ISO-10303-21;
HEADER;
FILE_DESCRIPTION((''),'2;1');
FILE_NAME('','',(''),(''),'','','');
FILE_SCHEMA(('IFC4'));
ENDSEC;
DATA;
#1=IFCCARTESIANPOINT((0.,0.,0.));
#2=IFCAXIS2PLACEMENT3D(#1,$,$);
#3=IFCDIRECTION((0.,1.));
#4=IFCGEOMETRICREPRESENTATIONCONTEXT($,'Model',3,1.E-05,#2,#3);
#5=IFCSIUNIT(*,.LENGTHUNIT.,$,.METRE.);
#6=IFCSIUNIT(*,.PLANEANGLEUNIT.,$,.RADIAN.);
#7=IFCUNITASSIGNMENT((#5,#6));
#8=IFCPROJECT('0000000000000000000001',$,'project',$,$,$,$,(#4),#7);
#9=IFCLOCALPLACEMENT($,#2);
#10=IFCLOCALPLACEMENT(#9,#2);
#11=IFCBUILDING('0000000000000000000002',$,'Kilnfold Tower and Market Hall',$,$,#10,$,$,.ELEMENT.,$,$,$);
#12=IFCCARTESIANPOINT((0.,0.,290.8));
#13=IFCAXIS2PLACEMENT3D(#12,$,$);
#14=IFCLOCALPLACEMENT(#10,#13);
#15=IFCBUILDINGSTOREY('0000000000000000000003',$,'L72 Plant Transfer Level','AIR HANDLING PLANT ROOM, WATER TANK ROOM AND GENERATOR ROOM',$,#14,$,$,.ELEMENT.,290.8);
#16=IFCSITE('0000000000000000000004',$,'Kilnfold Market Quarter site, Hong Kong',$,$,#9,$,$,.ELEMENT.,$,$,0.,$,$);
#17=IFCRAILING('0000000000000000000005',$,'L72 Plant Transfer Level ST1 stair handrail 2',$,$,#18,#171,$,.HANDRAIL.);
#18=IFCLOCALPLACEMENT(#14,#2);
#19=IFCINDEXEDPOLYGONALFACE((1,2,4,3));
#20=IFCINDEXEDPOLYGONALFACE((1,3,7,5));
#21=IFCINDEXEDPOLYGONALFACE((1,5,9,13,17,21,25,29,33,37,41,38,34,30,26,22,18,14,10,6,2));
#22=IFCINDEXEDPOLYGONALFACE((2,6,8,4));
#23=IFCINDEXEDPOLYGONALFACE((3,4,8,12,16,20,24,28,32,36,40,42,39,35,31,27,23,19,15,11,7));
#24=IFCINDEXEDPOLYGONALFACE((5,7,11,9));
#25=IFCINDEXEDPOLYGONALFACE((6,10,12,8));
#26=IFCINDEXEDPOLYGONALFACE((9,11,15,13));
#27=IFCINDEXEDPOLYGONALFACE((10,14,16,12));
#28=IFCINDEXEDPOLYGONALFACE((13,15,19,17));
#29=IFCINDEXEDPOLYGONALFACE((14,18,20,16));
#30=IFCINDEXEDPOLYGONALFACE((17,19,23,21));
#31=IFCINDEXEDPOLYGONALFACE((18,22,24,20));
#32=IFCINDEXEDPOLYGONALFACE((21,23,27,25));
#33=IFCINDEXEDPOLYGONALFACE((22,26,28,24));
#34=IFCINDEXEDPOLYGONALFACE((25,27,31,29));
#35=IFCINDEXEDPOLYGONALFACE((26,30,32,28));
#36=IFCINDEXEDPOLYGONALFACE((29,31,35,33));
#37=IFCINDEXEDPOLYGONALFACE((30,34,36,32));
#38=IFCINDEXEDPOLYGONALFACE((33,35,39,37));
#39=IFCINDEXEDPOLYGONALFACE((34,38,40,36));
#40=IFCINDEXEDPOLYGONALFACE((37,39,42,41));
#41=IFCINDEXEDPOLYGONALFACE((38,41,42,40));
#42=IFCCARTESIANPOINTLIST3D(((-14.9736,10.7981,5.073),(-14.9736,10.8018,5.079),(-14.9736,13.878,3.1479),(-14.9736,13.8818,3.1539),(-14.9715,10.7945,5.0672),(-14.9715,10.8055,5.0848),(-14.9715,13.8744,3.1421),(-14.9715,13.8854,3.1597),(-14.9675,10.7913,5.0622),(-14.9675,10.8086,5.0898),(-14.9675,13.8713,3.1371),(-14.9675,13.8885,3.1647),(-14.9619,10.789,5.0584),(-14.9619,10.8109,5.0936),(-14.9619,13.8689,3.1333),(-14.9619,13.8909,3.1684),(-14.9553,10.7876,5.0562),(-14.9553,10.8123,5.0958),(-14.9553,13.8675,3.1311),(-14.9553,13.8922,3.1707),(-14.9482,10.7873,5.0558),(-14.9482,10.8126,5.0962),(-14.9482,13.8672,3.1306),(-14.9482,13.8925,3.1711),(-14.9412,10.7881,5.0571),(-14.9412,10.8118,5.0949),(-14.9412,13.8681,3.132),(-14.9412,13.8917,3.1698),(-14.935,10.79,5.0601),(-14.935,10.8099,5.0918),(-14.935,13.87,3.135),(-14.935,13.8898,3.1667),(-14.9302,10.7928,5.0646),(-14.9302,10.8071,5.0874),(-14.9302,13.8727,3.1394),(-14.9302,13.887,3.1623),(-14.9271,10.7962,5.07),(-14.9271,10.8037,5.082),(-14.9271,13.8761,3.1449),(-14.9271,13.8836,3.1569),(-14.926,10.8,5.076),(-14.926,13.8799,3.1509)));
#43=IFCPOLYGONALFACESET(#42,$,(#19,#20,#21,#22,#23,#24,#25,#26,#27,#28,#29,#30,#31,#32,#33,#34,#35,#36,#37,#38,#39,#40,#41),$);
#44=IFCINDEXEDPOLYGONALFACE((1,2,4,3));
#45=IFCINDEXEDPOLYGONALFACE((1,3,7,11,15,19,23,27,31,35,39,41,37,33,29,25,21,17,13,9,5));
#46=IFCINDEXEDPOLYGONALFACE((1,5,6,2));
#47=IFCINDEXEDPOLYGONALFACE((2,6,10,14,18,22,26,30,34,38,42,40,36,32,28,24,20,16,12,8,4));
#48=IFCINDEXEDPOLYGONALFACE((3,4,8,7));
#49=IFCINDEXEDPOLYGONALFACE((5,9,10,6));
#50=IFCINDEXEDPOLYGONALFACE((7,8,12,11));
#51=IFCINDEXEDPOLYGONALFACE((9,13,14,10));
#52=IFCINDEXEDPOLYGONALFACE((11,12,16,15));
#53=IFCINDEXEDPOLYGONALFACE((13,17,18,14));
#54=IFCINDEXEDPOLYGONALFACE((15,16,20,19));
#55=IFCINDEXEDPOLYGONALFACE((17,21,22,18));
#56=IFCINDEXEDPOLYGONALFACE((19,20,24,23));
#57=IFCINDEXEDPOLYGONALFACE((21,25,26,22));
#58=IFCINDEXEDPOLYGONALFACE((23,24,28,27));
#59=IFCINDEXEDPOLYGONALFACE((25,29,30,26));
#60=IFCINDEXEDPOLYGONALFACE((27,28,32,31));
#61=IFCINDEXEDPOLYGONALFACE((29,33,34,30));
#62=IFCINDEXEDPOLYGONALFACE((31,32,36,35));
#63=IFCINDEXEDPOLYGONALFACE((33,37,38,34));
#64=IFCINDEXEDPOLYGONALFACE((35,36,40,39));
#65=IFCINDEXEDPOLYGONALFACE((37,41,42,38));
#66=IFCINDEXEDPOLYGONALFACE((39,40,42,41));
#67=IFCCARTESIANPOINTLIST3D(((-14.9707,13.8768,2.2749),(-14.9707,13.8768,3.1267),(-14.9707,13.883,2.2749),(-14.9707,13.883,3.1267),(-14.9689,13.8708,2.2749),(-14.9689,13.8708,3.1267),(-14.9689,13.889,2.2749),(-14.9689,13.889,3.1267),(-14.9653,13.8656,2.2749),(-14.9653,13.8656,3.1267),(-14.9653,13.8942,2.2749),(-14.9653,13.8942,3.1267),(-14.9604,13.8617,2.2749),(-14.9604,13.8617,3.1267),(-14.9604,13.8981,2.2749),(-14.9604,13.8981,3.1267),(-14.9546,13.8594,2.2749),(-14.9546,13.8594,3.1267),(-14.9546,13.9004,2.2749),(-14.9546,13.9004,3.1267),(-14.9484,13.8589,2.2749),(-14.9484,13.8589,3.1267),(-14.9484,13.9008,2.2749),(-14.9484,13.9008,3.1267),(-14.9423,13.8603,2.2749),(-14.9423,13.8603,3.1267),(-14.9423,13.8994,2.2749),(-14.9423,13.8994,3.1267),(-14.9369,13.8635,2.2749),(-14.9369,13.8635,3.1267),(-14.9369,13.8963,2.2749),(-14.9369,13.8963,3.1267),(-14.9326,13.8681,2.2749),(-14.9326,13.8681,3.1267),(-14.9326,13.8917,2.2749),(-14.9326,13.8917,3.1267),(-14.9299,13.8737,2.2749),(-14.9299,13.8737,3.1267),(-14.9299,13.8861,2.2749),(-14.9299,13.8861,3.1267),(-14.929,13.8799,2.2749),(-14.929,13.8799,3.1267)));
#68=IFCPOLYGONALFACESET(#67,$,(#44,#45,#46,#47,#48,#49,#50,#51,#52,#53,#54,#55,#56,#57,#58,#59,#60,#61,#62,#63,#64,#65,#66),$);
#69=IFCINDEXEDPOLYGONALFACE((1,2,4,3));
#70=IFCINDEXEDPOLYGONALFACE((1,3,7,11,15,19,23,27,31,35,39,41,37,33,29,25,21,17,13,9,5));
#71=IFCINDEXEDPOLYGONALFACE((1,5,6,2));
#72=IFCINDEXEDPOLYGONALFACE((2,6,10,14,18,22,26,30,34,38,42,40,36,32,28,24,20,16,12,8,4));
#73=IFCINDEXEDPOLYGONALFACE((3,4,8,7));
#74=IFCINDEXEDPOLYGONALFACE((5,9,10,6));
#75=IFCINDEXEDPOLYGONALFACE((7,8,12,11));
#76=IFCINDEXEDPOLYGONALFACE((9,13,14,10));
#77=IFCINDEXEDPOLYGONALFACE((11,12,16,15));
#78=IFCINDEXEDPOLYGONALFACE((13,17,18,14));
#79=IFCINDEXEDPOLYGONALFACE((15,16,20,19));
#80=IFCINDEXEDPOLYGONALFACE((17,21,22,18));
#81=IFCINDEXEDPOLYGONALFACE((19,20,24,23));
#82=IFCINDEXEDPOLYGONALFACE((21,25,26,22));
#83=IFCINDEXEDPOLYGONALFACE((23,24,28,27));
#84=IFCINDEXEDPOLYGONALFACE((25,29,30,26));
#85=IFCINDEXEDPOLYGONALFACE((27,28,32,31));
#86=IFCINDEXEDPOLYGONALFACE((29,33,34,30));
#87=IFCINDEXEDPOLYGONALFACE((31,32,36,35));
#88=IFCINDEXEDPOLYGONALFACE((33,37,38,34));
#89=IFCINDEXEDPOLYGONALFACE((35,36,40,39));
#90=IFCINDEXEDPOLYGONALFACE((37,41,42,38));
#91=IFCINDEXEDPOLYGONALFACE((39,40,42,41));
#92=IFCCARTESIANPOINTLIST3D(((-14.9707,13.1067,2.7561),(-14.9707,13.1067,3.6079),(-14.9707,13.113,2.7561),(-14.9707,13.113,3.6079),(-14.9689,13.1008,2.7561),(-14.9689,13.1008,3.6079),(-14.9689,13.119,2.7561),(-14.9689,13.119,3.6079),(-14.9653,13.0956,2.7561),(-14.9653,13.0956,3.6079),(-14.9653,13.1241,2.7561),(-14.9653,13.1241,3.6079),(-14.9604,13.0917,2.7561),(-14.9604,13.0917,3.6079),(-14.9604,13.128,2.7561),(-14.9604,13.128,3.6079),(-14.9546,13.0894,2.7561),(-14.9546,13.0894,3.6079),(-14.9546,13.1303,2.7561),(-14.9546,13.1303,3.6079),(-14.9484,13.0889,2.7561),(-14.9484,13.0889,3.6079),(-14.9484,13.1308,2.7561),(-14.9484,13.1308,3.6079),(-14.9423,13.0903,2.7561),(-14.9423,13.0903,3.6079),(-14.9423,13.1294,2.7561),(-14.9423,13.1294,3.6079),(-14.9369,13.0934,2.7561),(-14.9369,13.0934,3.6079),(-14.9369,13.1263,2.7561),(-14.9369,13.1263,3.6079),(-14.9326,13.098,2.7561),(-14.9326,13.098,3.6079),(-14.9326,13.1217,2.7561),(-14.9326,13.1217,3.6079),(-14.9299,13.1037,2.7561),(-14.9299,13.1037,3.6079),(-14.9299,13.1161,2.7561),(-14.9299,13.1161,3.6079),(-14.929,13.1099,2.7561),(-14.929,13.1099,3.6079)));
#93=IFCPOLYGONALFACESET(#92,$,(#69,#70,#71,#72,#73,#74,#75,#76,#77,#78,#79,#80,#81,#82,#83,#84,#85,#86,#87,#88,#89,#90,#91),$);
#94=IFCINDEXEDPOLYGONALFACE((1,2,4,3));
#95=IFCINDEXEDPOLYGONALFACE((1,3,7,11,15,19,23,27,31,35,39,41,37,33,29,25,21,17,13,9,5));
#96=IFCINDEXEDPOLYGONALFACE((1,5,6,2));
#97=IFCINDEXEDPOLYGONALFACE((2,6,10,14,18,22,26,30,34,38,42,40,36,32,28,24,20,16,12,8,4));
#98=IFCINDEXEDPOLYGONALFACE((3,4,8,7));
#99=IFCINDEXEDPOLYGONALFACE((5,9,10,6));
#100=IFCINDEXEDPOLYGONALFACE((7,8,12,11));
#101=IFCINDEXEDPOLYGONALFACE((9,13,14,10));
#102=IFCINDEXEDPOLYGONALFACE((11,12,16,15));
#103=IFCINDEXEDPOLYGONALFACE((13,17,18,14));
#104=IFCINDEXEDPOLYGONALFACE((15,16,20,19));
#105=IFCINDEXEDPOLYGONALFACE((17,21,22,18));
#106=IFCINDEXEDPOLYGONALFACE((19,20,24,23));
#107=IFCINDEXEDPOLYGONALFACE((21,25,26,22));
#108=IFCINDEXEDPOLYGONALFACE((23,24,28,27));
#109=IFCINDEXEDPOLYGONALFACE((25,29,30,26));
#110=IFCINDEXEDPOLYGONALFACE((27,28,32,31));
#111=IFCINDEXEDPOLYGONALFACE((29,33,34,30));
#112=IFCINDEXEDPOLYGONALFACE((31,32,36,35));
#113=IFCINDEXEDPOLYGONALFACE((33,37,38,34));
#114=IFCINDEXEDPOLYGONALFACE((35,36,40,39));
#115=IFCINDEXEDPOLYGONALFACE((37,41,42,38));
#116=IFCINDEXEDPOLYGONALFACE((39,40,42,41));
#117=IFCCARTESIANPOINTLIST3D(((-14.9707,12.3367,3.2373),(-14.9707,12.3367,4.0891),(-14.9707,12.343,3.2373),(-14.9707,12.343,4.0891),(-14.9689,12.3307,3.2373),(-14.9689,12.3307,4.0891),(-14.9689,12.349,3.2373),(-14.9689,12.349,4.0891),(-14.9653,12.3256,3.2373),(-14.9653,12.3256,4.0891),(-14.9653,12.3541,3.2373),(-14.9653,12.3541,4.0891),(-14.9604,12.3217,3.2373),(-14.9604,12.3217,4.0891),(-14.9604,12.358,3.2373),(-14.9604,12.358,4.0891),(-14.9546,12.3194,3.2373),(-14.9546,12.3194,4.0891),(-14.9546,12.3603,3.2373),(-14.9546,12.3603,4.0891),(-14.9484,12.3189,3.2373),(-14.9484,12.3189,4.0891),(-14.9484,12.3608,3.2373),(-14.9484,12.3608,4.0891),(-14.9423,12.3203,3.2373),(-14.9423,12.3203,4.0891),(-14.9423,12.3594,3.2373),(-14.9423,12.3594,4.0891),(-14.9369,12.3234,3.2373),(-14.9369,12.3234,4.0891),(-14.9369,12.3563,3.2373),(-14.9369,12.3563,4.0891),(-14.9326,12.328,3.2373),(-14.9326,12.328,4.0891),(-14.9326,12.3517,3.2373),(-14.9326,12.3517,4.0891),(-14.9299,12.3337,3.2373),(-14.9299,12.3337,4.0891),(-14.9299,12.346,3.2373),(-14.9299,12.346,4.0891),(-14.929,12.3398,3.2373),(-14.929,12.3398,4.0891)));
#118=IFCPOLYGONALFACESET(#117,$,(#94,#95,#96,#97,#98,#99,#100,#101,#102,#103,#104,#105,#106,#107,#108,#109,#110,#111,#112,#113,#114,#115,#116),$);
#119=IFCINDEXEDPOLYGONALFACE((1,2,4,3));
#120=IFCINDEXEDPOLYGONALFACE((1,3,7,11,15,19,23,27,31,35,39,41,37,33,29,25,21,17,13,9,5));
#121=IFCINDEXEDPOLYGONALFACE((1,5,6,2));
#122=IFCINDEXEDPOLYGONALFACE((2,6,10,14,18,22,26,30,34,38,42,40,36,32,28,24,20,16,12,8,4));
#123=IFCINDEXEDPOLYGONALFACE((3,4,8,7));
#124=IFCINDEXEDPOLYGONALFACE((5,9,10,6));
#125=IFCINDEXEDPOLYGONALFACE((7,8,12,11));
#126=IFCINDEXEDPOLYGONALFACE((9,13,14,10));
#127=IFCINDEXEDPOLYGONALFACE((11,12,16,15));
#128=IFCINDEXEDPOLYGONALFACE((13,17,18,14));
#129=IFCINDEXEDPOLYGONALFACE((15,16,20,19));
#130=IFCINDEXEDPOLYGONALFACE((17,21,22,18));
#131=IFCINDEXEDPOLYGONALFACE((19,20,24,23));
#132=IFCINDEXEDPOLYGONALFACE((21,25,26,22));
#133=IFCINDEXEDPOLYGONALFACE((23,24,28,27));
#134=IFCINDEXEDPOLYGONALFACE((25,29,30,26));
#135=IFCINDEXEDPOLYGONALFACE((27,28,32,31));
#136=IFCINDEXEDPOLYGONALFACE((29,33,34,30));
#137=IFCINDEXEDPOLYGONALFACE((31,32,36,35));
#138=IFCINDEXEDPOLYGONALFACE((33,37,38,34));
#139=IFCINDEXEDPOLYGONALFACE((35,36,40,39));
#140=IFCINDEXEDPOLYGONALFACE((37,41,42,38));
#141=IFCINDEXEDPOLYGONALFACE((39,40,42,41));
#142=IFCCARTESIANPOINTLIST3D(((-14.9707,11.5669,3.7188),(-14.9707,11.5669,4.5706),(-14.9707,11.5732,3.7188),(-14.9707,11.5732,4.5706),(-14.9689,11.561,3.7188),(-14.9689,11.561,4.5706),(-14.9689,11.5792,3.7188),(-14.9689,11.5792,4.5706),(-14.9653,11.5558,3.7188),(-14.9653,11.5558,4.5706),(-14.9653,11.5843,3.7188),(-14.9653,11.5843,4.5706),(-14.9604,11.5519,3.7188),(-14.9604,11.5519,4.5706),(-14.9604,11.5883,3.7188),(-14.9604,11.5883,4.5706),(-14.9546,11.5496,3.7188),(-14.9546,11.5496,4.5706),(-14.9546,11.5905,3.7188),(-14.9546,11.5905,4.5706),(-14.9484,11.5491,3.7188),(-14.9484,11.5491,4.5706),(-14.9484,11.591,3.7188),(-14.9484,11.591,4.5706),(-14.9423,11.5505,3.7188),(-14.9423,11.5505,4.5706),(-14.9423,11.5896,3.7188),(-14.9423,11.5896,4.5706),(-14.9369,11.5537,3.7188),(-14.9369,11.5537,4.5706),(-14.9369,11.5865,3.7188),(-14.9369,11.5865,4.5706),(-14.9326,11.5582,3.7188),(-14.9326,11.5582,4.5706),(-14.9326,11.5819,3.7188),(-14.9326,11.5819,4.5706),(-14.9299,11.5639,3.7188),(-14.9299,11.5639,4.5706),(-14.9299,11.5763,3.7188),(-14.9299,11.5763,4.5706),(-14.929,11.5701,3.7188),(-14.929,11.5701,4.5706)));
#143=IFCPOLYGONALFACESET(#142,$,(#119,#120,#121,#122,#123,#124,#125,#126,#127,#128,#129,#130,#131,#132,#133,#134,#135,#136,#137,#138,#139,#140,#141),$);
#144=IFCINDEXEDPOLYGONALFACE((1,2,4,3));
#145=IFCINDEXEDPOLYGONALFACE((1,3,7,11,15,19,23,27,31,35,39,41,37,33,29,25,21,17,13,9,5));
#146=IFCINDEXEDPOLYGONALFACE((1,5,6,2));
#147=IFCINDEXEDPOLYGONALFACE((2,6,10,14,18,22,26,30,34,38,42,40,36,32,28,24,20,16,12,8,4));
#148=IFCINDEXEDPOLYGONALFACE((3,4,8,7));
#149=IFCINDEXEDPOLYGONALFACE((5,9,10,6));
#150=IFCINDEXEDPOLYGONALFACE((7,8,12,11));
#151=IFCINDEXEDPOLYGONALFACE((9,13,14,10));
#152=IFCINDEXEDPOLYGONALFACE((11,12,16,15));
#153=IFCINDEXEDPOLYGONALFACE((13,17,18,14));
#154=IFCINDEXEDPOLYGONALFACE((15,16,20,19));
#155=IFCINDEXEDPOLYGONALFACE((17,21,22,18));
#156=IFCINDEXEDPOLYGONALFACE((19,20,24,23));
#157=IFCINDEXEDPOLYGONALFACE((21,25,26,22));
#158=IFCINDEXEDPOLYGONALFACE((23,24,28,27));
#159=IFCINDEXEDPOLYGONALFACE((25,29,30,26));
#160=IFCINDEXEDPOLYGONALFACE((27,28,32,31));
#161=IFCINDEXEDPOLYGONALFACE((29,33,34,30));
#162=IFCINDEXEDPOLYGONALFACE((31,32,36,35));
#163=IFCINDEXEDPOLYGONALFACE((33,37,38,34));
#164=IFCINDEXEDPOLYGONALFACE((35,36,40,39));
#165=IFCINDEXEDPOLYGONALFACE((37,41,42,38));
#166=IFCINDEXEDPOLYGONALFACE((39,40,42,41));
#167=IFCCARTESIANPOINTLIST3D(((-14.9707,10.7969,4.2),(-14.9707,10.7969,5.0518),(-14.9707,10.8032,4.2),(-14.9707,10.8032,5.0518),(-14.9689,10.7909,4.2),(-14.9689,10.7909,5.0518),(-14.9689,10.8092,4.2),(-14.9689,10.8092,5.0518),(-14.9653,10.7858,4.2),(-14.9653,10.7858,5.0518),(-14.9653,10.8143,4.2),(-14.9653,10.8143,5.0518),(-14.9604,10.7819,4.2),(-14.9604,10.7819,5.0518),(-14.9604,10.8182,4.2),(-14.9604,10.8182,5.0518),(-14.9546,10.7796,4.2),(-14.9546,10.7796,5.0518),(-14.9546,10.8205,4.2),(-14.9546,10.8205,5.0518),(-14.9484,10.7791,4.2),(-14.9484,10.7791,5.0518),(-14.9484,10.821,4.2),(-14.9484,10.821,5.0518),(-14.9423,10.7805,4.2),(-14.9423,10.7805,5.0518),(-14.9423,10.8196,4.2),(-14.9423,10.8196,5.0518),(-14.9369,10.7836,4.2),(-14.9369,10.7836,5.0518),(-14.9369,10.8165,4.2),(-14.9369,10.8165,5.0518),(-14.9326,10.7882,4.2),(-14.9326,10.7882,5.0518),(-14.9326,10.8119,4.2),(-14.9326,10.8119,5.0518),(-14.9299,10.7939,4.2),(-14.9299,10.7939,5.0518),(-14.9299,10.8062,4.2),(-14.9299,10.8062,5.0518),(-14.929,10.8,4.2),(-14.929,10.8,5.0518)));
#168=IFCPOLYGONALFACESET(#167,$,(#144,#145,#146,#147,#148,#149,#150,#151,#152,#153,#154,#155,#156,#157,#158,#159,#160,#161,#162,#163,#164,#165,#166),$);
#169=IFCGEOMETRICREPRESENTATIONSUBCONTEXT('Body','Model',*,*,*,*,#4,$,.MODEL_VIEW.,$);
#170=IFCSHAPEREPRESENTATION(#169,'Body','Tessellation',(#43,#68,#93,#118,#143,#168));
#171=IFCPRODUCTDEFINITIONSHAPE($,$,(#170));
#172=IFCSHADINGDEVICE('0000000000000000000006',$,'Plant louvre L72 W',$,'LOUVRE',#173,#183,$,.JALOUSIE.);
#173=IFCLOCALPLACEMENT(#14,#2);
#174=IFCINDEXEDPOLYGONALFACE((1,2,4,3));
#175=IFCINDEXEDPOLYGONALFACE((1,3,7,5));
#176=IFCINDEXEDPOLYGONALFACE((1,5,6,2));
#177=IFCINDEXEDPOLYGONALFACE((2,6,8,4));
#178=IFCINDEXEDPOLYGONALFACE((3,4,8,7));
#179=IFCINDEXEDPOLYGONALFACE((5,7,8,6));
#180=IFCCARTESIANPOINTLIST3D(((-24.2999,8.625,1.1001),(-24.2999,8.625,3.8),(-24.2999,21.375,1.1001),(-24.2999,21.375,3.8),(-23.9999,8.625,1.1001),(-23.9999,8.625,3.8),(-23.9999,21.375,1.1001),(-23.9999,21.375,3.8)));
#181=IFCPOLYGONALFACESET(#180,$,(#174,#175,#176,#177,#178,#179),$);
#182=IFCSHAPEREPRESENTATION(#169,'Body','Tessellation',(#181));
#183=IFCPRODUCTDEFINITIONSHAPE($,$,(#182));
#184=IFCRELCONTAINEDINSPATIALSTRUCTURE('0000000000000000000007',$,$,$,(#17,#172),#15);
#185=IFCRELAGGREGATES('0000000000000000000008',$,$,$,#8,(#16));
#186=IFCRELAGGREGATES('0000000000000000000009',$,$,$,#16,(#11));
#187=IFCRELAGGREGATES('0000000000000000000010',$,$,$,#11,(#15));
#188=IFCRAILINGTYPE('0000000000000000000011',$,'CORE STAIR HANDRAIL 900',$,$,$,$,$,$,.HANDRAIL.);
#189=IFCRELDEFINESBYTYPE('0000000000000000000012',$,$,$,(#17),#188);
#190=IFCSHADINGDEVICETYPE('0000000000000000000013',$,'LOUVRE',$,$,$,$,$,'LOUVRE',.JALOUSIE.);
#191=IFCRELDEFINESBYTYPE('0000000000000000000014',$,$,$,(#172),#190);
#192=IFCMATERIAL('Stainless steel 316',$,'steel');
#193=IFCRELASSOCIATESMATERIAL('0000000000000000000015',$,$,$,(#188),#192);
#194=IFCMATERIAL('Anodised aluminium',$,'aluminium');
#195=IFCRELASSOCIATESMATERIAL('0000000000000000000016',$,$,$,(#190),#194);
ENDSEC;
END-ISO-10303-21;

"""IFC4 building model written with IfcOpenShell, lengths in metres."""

from ifc_helpers import new_model, si_unit, direction, frame, origin, origin_2d, place, context, subcontext, project, spatial, rectangle, circle, extrude, source, transform, mapped, material, type_object, element, save


model = new_model("IFC4")

# Units and contexts
model_context = context("Model", 3, precision=1e-05, world=origin(), true_north=direction((0.0, 1.0)))
body_context = subcontext(model_context, "Body", "Model", "MODEL_VIEW")
ifc_project = project(units=[si_unit("LENGTHUNIT", "METRE"), si_unit("PLANEANGLEUNIT", "RADIAN")], contexts=[model_context])

# Site, building, storey
site_placement = place(None, origin())
site = spatial("IfcSite", under=ifc_project, at=site_placement, Name="Kilnfold Market Quarter site, Hong Kong", CompositionType="ELEMENT", RefElevation=0.0)
building_placement = place(site_placement, origin())
building = spatial("IfcBuilding", under=site, at=building_placement, Name="Kilnfold Tower and Market Hall", CompositionType="ELEMENT")
storey_placement = place(building_placement, frame((0.0, 0.0, 290.8)))
storey = spatial("IfcBuildingStorey", under=building, at=storey_placement, Name="L72 Plant Transfer Level", Description="AIR HANDLING PLANT ROOM, WATER TANK ROOM AND GENERATOR ROOM", CompositionType="ELEMENT", Elevation=290.8)

# Railing
ifc_material_1 = material(Name="Stainless steel 316", Category="steel")
railing_type_1 = type_object("IfcRailingType", Name="CORE STAIR HANDRAIL 900", PredefinedType="HANDRAIL", material=ifc_material_1)
railing_1_placement = place(storey_placement, frame((-14.95, 13.8799, 2.2749)))
element("IfcRailing", 1, at=railing_1_placement, inside=storey, type_object=railing_type_1, Name="L72 Plant Transfer Level ST1 stair handrail 2", PredefinedType="HANDRAIL", context=body_context, shape_type="SweptSolid", body=[
    extrude(circle(Radius=0.0239, at=origin_2d()), frame((0.0, 0.0, 0.876), z_axis=(0.0, -0.847979, 0.530029), x_axis=(1.0, 0.0, 0.0)), (0.0, 0.0, 1.0), 3.6321),
    extrude(circle(Radius=0.021, at=origin_2d()), origin(), (0.0, 0.0, 1.0), 0.8518),
    extrude(circle(Radius=0.021, at=origin_2d()), frame((0.0, -0.77, 0.4812)), (0.0, 0.0, 1.0), 0.8518),
    extrude(circle(Radius=0.021, at=origin_2d()), frame((0.0, -1.54, 0.9624)), (0.0, 0.0, 1.0), 0.8518),
    extrude(circle(Radius=0.021, at=origin_2d()), frame((0.0, -2.3098, 1.4438)), (0.0, 0.0, 1.0), 0.8518),
    extrude(circle(Radius=0.021, at=origin_2d()), frame((0.0, -3.0798, 1.925)), (0.0, 0.0, 1.0), 0.8518),
])

# Shading device
ifc_material_2 = material(Name="Anodised aluminium", Category="aluminium")
shading_device_type = type_object("IfcShadingDeviceType", Name="LOUVRE", ElementType="LOUVRE", PredefinedType="JALOUSIE", material=ifc_material_2)
shared_shape_1 = source(origin(), body_context, "Body", "SweptSolid", [
    extrude(rectangle(XDim=12.75, YDim=0.3, at=origin_2d()), origin(), (0.0, 0.0, 1.0), 2.7),
])
shading_device_placement = place(storey_placement, frame((-24.1499, 15.0, 1.1001), z_axis=(0.0, 0.0, 1.0), x_axis=(0.0, -1.0, 0.0)))
element("IfcShadingDevice", 2, at=shading_device_placement, inside=storey, type_object=shading_device_type, Name="Plant louvre L72 W", ObjectType="LOUVRE", PredefinedType="JALOUSIE", context=body_context, shape_type="MappedRepresentation", body=[
    mapped(shared_shape_1, transform((0.0, 0.0, 0.0))),
])

save(model, "model.ifc")
